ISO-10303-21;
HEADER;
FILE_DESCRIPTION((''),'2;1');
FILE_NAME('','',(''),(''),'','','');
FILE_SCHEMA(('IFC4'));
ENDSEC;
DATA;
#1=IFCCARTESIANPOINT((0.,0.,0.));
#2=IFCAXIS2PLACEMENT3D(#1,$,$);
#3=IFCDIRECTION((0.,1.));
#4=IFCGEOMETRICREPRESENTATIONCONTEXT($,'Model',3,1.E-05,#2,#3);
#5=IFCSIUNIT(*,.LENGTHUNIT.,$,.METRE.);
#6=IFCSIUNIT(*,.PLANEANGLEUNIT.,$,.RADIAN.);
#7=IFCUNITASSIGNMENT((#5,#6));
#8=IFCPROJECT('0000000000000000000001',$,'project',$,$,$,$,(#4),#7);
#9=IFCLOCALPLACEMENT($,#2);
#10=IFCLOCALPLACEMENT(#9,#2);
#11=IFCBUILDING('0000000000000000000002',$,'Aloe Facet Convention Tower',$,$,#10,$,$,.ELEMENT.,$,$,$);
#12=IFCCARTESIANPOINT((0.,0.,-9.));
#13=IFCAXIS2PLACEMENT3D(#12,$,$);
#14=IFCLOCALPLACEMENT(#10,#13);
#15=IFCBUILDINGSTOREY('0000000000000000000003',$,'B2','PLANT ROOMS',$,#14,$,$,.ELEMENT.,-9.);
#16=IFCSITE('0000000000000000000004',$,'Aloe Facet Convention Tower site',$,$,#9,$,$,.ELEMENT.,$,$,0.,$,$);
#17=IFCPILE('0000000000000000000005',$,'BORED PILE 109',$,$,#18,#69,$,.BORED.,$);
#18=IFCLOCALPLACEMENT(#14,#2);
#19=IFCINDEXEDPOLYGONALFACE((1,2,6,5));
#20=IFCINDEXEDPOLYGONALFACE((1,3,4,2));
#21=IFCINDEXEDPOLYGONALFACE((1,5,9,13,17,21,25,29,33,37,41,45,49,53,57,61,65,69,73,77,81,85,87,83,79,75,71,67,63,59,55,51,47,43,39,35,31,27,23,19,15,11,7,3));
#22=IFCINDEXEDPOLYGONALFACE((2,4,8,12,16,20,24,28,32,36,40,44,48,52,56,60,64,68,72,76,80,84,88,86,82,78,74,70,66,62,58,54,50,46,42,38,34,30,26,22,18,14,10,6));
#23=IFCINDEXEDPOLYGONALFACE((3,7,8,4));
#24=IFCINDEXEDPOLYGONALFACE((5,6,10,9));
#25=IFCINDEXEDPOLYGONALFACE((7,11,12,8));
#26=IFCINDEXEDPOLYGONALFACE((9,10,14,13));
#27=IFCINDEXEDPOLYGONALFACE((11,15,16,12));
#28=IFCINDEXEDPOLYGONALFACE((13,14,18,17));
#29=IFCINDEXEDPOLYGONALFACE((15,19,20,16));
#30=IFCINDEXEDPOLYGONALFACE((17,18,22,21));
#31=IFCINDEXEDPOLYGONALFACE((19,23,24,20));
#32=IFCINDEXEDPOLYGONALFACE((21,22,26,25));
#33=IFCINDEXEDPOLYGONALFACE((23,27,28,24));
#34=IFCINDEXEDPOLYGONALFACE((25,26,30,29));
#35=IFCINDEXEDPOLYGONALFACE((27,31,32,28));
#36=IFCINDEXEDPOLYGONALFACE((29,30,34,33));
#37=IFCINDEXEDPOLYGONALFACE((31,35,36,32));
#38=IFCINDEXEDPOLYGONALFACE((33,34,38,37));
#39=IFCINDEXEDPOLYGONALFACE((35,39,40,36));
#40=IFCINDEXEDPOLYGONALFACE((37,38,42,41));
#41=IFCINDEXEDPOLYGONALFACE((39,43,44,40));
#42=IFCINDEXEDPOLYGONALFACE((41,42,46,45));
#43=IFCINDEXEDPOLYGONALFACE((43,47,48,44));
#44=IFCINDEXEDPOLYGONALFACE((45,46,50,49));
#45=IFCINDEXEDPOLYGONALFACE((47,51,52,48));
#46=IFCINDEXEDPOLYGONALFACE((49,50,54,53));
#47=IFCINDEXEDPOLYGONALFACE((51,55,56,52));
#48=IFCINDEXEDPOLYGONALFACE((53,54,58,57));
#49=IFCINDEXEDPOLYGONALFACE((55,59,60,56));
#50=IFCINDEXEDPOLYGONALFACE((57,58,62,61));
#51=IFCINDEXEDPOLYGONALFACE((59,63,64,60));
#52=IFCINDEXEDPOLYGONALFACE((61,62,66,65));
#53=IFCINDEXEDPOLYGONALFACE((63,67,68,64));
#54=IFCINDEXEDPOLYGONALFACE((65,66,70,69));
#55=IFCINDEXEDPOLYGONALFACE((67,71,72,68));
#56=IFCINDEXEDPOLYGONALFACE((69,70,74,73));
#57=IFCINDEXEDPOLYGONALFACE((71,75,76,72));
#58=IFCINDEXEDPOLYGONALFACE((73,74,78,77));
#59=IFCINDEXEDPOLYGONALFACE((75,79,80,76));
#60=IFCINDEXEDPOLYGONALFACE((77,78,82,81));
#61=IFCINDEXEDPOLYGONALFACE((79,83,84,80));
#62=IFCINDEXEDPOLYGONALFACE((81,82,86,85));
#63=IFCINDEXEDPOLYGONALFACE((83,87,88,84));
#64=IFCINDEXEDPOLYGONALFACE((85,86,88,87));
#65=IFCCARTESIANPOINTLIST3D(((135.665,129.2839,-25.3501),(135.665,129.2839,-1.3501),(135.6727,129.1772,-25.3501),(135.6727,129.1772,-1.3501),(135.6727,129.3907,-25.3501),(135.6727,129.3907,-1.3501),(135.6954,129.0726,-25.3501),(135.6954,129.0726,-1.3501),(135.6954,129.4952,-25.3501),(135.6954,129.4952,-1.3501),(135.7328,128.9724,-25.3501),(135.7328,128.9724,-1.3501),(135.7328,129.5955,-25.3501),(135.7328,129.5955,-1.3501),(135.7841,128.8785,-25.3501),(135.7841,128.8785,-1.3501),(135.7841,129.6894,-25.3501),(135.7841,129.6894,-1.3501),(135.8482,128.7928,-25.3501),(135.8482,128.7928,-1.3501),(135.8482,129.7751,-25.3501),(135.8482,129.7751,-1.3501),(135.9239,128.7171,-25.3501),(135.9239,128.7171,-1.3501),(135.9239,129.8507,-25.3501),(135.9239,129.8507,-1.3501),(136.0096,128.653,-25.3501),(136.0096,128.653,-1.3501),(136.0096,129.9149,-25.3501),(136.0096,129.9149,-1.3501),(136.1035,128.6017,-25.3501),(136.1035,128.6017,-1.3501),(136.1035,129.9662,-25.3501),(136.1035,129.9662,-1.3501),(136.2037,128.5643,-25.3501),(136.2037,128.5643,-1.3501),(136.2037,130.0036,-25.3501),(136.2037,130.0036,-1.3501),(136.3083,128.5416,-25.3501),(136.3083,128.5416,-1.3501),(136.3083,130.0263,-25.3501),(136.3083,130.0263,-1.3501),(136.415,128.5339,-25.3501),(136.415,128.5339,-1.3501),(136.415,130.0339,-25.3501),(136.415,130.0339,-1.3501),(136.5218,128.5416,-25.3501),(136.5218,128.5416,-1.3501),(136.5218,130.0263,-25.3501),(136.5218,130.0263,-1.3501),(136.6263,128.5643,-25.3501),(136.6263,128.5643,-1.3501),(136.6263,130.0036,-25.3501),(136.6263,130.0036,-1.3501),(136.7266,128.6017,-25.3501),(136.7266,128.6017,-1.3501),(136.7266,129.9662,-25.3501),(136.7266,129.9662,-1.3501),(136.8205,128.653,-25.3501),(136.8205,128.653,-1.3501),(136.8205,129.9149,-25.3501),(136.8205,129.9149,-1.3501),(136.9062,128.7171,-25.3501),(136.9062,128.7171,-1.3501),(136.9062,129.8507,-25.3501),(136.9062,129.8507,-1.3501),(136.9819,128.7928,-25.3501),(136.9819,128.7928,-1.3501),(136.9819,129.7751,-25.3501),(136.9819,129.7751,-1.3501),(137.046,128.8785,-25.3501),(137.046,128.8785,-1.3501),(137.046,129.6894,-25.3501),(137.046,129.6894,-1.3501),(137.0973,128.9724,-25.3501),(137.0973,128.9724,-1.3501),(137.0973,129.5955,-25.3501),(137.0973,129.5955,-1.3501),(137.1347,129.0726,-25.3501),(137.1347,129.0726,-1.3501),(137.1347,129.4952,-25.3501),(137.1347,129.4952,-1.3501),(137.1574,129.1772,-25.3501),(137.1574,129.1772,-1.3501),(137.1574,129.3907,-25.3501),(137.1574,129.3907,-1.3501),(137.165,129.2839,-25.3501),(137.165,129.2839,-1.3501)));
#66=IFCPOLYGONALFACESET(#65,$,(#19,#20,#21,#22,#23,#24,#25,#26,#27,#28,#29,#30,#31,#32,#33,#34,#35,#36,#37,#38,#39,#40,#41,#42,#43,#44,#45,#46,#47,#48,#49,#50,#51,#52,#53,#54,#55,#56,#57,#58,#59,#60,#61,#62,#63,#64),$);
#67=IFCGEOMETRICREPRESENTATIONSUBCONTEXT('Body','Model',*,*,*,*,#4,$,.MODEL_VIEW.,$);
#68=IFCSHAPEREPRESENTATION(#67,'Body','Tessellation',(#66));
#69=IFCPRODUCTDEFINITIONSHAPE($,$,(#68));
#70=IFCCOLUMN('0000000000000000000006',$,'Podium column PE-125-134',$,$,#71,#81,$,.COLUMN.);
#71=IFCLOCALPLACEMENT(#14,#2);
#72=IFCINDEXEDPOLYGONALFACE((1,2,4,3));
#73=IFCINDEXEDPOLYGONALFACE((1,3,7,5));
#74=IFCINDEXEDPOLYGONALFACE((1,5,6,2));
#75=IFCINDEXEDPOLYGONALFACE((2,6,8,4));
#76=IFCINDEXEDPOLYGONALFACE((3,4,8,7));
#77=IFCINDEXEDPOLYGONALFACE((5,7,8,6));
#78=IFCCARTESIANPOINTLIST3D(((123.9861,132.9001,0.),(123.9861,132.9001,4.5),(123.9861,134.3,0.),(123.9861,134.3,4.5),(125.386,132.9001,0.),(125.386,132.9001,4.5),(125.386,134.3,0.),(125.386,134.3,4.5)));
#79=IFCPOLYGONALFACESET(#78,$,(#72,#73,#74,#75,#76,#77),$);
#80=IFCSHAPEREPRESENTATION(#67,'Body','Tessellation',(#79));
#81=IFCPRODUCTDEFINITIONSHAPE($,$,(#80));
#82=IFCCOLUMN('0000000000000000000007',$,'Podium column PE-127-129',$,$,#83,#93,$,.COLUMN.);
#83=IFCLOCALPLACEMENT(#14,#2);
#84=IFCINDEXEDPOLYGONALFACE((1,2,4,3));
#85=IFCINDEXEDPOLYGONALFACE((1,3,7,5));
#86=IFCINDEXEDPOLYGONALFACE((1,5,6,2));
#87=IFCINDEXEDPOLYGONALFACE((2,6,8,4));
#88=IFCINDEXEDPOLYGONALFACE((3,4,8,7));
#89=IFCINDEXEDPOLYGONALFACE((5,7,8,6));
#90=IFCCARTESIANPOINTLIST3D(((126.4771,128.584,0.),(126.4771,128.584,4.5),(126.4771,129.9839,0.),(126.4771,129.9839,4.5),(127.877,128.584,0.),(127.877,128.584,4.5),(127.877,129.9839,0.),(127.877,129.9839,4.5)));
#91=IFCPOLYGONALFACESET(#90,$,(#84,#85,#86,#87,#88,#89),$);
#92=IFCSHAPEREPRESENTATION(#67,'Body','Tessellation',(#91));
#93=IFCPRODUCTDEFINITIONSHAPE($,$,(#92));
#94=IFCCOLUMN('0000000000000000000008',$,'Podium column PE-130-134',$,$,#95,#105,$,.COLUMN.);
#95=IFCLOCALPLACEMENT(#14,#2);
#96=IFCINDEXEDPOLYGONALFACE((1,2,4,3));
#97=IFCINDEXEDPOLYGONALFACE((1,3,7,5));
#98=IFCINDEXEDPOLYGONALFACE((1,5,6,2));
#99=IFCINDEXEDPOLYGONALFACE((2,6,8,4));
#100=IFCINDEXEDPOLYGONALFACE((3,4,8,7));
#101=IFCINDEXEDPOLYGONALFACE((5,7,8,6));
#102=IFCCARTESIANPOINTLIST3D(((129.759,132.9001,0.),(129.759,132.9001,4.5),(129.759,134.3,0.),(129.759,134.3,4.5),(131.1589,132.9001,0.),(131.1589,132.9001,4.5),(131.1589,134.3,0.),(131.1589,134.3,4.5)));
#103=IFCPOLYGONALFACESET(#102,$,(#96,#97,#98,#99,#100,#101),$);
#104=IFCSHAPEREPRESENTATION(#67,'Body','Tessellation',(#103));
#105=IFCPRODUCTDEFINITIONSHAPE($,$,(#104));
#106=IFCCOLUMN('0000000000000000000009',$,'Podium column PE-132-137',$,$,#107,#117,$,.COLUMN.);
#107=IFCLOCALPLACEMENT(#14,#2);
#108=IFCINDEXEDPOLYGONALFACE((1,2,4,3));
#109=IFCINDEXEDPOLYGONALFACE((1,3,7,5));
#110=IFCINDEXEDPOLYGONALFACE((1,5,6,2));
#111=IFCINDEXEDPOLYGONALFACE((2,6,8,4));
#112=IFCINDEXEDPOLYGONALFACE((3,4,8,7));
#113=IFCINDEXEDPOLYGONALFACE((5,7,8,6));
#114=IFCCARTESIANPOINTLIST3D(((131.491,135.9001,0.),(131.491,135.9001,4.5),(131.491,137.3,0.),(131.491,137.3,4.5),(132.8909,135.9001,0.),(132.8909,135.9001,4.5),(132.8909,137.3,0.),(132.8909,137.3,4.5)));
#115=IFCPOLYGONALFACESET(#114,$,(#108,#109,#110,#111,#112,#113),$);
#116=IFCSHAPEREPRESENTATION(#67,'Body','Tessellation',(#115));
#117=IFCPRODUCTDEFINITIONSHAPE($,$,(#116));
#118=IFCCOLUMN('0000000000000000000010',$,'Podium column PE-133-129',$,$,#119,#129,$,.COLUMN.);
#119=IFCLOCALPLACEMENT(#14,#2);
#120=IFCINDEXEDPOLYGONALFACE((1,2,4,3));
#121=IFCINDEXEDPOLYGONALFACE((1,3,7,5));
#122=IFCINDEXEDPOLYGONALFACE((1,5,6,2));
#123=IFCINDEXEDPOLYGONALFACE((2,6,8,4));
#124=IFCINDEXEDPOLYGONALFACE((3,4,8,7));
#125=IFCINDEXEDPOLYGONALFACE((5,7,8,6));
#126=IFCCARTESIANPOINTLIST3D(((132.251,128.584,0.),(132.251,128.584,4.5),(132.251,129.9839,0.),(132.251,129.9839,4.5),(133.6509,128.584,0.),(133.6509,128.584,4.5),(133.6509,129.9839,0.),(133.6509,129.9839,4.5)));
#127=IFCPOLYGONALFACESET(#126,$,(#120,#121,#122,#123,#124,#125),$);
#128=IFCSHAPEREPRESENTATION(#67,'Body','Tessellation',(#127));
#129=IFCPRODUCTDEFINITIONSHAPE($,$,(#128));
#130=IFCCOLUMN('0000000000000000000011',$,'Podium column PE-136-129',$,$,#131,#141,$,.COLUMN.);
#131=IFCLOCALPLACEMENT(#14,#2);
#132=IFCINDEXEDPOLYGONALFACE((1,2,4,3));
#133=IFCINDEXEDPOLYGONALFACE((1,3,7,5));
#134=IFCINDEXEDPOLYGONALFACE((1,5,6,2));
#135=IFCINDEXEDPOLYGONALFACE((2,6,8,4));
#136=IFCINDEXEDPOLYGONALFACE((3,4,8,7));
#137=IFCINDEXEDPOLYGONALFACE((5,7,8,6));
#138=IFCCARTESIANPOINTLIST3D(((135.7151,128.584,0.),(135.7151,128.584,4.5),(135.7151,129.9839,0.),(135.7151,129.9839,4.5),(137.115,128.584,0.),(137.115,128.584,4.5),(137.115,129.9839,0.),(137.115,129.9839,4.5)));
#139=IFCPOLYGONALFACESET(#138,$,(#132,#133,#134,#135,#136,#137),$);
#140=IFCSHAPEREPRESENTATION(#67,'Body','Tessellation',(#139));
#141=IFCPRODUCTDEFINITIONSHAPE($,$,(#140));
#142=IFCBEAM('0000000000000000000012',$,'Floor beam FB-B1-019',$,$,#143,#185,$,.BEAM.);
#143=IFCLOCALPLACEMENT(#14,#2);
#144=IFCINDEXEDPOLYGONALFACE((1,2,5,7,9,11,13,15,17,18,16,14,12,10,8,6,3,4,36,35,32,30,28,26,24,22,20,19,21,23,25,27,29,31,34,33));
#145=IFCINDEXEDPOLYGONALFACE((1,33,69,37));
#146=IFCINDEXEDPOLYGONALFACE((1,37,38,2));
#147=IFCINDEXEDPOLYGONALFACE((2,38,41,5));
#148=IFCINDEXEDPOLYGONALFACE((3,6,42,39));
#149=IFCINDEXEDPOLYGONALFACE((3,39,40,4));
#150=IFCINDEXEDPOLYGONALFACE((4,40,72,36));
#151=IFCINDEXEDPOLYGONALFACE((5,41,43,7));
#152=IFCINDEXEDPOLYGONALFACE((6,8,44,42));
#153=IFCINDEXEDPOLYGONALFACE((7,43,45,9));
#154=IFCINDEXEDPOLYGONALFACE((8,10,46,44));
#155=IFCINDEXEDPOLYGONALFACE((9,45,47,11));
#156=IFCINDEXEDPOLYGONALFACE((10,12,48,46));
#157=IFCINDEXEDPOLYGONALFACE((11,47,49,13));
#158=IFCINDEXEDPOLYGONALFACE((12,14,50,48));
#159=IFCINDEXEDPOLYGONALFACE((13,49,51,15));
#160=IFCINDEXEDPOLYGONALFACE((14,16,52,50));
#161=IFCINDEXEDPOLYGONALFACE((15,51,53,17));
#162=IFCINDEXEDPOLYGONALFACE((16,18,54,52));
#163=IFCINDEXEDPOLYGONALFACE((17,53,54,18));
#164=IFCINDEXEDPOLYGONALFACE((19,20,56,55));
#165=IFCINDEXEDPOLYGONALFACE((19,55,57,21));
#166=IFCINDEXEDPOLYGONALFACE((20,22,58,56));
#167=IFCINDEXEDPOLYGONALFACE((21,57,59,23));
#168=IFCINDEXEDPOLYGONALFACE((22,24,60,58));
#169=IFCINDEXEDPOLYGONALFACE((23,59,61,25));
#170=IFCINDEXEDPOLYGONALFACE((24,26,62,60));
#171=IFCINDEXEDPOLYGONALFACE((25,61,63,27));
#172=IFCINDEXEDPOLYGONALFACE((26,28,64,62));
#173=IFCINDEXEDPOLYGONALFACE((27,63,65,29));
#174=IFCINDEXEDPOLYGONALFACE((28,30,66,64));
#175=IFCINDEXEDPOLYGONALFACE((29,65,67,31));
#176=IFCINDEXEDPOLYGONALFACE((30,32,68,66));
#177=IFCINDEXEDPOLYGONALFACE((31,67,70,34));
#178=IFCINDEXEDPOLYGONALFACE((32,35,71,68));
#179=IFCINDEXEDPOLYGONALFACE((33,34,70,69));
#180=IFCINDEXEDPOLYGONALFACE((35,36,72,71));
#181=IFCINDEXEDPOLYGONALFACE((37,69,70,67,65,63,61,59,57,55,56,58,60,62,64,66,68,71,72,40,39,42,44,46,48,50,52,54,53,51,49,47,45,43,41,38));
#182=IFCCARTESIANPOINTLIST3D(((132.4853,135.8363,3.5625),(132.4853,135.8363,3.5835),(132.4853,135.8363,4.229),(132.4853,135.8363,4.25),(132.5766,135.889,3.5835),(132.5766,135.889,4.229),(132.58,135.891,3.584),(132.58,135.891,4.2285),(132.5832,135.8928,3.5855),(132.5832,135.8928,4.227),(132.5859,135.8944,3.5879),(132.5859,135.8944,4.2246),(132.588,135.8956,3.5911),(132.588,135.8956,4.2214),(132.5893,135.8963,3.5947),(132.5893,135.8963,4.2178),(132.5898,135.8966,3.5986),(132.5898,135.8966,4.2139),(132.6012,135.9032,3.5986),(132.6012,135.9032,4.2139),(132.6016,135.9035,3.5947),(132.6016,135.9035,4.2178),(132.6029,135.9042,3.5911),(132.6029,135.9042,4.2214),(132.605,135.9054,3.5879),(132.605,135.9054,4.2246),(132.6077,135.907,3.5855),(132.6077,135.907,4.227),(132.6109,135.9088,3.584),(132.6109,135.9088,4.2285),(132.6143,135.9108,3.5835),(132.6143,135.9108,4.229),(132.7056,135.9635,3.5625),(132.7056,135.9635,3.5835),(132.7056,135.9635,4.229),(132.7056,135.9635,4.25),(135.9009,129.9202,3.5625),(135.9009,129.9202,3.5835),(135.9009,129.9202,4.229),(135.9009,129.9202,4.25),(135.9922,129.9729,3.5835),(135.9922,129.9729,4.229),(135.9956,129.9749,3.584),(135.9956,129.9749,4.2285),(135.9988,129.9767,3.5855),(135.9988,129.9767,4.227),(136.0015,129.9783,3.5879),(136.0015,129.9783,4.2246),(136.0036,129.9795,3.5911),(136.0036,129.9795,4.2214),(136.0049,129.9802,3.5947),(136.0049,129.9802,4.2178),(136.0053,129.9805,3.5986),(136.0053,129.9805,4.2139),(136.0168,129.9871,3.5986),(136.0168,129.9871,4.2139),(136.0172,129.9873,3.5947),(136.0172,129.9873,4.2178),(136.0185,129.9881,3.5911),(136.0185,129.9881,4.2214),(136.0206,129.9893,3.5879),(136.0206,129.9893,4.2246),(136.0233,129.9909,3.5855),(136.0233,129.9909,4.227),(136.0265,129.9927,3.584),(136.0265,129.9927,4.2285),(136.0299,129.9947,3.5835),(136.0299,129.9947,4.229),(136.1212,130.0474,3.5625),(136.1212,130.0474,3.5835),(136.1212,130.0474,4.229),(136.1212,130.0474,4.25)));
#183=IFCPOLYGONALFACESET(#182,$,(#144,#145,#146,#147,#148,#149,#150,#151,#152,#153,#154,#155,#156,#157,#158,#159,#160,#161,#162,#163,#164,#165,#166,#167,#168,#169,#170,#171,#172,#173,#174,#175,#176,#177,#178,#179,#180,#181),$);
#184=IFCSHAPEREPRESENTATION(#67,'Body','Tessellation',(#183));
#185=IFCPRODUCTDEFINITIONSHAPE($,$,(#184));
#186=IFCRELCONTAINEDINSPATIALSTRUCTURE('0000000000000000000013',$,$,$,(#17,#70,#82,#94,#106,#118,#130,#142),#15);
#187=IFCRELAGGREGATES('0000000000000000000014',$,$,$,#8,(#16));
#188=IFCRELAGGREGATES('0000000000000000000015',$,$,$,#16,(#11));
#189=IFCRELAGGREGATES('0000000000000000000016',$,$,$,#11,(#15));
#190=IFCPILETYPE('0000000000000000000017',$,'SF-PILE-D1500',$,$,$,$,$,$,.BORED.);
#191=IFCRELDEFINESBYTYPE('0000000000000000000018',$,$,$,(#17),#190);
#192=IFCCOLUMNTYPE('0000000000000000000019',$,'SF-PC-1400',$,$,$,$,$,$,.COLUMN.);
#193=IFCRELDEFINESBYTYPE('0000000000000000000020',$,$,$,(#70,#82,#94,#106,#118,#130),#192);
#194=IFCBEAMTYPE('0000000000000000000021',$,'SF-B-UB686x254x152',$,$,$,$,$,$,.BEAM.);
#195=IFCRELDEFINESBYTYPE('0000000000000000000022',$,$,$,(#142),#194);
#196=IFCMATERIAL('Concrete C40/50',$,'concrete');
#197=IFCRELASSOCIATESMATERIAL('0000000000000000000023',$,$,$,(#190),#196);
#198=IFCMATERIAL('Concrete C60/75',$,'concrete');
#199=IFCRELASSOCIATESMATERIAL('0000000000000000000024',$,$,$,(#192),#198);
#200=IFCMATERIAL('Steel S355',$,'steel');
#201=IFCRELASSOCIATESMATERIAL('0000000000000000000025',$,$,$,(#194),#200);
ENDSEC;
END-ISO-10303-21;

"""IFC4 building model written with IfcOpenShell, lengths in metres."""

from ifc_helpers import new_model, si_unit, direction, frame, origin, origin_2d, place, context, subcontext, project, spatial, rectangle, circle, i_section, extrude, material, material_profile, profile_set, type_object, element, save


model = new_model("IFC4")

# Units and contexts
model_context = context("Model", 3, precision=1e-05, world=origin(), true_north=direction((0.0, 1.0)))
body_context = subcontext(model_context, "Body", "Model", "MODEL_VIEW")
ifc_project = project(units=[si_unit("LENGTHUNIT", "METRE"), si_unit("PLANEANGLEUNIT", "RADIAN")], contexts=[model_context])

# Site, building, storey
site_placement = place(None, origin())
site = spatial("IfcSite", under=ifc_project, at=site_placement, Name="Aloe Facet Convention Tower site", CompositionType="ELEMENT", RefElevation=0.0)
building_placement = place(site_placement, origin())
building = spatial("IfcBuilding", under=site, at=building_placement, Name="Aloe Facet Convention Tower", CompositionType="ELEMENT")
storey_placement = place(building_placement, frame((0.0, 0.0, -9.0)))
storey = spatial("IfcBuildingStorey", under=building, at=storey_placement, Name="B2", Description="PLANT ROOMS", CompositionType="ELEMENT", Elevation=-9.0)

# Pile
ifc_material_1 = material(Name="Concrete C40/50", Category="concrete")
ifc_material_profile_1 = material_profile(ifc_material_1, circle(Radius=0.75, at=origin_2d()), Name="D1500")
ifc_profile_set_1 = profile_set([ifc_material_profile_1], Name="Concrete C40/50")
pile_type = type_object("IfcPileType", Name="SF-PILE-D1500", PredefinedType="BORED", material=ifc_profile_set_1)
for number, where, z_axis, x_axis, name in (
    (1, (136.415, 129.2839, -1.3501), (0.0, 0.0, -1.0), (1.0, 0.0, 0.0), "BORED PILE 109"),
):
    element("IfcPile", number, at=place(storey_placement, frame(where, z_axis=z_axis, x_axis=x_axis)), inside=storey, type_object=pile_type, Name=name, PredefinedType="BORED", context=body_context, shape_type="SweptSolid", body=[
        extrude(circle(Radius=0.75, at=origin_2d()), origin(), (0.0, 0.0, 1.0), 24.0),
    ])

# Columns
ifc_material_2 = material(Name="Concrete C60/75", Category="concrete")
ifc_material_profile_2 = material_profile(ifc_material_2, rectangle(XDim=1.3999, YDim=1.3999, at=origin_2d()), Name="SF-PC-1400")
ifc_profile_set_2 = profile_set([ifc_material_profile_2], Name="Concrete C60/75")
column_type = type_object("IfcColumnType", Name="SF-PC-1400", PredefinedType="COLUMN", material=ifc_profile_set_2)
for number, where, z_axis, x_axis, name in (
    (2, (124.686, 133.6001, 0.0), (0.0, 0.0, 1.0), (1.0, 0.0, 0.0), "Podium column PE-125-134"),
    (3, (127.177, 129.2839, 0.0), (0.0, 0.0, 1.0), (1.0, 0.0, 0.0), "Podium column PE-127-129"),
    (4, (130.459, 133.6001, 0.0), (0.0, 0.0, 1.0), (1.0, 0.0, 0.0), "Podium column PE-130-134"),
    (5, (132.1909, 136.6001, 0.0), (0.0, 0.0, 1.0), (1.0, 0.0, 0.0), "Podium column PE-132-137"),
    (6, (132.9509, 129.2839, 0.0), (0.0, 0.0, 1.0), (1.0, 0.0, 0.0), "Podium column PE-133-129"),
    (7, (136.415, 129.2839, 0.0), (0.0, 0.0, 1.0), (1.0, 0.0, 0.0), "Podium column PE-136-129"),
):
    element("IfcColumn", number, at=place(storey_placement, frame(where, z_axis=z_axis, x_axis=x_axis)), inside=storey, type_object=column_type, Name=name, PredefinedType="COLUMN", context=body_context, shape_type="SweptSolid", body=[
        extrude(rectangle(XDim=1.3999, YDim=1.3999, at=origin_2d()), origin(), (0.0, 0.0, 1.0), 4.5),
    ])

# Beam
ifc_material_3 = material(Name="Steel S355", Category="steel")
ifc_material_profile_3 = material_profile(ifc_material_3, i_section(OverallWidth=0.2544, OverallDepth=0.6875, WebThickness=0.0132, FlangeThickness=0.021, FilletRadius=0.0151, at=origin_2d()), Name="UB 686x254x152")
ifc_profile_set_3 = profile_set([ifc_material_profile_3], Name="Steel S355")
beam_type_1 = type_object("IfcBeamType", Name="SF-B-UB686x254x152", PredefinedType="BEAM", material=ifc_profile_set_3)
beam_1_placement = place(storey_placement, frame((132.5955, 135.8999, 3.9062), z_axis=(0.499991, -0.866031, 0.0), x_axis=(0.866031, 0.499991, 0.0)))
element("IfcBeam", 8, at=beam_1_placement, inside=storey, type_object=beam_type_1, Name="Floor beam FB-B1-019", PredefinedType="BEAM", context=body_context, shape_type="SweptSolid", body=[
    extrude(i_section(OverallWidth=0.2544, OverallDepth=0.6875, WebThickness=0.0132, FlangeThickness=0.021, FilletRadius=0.0151, at=origin_2d()), origin(), (0.0, 0.0, 1.0), 6.8313),
])

save(model, "model.ifc")
